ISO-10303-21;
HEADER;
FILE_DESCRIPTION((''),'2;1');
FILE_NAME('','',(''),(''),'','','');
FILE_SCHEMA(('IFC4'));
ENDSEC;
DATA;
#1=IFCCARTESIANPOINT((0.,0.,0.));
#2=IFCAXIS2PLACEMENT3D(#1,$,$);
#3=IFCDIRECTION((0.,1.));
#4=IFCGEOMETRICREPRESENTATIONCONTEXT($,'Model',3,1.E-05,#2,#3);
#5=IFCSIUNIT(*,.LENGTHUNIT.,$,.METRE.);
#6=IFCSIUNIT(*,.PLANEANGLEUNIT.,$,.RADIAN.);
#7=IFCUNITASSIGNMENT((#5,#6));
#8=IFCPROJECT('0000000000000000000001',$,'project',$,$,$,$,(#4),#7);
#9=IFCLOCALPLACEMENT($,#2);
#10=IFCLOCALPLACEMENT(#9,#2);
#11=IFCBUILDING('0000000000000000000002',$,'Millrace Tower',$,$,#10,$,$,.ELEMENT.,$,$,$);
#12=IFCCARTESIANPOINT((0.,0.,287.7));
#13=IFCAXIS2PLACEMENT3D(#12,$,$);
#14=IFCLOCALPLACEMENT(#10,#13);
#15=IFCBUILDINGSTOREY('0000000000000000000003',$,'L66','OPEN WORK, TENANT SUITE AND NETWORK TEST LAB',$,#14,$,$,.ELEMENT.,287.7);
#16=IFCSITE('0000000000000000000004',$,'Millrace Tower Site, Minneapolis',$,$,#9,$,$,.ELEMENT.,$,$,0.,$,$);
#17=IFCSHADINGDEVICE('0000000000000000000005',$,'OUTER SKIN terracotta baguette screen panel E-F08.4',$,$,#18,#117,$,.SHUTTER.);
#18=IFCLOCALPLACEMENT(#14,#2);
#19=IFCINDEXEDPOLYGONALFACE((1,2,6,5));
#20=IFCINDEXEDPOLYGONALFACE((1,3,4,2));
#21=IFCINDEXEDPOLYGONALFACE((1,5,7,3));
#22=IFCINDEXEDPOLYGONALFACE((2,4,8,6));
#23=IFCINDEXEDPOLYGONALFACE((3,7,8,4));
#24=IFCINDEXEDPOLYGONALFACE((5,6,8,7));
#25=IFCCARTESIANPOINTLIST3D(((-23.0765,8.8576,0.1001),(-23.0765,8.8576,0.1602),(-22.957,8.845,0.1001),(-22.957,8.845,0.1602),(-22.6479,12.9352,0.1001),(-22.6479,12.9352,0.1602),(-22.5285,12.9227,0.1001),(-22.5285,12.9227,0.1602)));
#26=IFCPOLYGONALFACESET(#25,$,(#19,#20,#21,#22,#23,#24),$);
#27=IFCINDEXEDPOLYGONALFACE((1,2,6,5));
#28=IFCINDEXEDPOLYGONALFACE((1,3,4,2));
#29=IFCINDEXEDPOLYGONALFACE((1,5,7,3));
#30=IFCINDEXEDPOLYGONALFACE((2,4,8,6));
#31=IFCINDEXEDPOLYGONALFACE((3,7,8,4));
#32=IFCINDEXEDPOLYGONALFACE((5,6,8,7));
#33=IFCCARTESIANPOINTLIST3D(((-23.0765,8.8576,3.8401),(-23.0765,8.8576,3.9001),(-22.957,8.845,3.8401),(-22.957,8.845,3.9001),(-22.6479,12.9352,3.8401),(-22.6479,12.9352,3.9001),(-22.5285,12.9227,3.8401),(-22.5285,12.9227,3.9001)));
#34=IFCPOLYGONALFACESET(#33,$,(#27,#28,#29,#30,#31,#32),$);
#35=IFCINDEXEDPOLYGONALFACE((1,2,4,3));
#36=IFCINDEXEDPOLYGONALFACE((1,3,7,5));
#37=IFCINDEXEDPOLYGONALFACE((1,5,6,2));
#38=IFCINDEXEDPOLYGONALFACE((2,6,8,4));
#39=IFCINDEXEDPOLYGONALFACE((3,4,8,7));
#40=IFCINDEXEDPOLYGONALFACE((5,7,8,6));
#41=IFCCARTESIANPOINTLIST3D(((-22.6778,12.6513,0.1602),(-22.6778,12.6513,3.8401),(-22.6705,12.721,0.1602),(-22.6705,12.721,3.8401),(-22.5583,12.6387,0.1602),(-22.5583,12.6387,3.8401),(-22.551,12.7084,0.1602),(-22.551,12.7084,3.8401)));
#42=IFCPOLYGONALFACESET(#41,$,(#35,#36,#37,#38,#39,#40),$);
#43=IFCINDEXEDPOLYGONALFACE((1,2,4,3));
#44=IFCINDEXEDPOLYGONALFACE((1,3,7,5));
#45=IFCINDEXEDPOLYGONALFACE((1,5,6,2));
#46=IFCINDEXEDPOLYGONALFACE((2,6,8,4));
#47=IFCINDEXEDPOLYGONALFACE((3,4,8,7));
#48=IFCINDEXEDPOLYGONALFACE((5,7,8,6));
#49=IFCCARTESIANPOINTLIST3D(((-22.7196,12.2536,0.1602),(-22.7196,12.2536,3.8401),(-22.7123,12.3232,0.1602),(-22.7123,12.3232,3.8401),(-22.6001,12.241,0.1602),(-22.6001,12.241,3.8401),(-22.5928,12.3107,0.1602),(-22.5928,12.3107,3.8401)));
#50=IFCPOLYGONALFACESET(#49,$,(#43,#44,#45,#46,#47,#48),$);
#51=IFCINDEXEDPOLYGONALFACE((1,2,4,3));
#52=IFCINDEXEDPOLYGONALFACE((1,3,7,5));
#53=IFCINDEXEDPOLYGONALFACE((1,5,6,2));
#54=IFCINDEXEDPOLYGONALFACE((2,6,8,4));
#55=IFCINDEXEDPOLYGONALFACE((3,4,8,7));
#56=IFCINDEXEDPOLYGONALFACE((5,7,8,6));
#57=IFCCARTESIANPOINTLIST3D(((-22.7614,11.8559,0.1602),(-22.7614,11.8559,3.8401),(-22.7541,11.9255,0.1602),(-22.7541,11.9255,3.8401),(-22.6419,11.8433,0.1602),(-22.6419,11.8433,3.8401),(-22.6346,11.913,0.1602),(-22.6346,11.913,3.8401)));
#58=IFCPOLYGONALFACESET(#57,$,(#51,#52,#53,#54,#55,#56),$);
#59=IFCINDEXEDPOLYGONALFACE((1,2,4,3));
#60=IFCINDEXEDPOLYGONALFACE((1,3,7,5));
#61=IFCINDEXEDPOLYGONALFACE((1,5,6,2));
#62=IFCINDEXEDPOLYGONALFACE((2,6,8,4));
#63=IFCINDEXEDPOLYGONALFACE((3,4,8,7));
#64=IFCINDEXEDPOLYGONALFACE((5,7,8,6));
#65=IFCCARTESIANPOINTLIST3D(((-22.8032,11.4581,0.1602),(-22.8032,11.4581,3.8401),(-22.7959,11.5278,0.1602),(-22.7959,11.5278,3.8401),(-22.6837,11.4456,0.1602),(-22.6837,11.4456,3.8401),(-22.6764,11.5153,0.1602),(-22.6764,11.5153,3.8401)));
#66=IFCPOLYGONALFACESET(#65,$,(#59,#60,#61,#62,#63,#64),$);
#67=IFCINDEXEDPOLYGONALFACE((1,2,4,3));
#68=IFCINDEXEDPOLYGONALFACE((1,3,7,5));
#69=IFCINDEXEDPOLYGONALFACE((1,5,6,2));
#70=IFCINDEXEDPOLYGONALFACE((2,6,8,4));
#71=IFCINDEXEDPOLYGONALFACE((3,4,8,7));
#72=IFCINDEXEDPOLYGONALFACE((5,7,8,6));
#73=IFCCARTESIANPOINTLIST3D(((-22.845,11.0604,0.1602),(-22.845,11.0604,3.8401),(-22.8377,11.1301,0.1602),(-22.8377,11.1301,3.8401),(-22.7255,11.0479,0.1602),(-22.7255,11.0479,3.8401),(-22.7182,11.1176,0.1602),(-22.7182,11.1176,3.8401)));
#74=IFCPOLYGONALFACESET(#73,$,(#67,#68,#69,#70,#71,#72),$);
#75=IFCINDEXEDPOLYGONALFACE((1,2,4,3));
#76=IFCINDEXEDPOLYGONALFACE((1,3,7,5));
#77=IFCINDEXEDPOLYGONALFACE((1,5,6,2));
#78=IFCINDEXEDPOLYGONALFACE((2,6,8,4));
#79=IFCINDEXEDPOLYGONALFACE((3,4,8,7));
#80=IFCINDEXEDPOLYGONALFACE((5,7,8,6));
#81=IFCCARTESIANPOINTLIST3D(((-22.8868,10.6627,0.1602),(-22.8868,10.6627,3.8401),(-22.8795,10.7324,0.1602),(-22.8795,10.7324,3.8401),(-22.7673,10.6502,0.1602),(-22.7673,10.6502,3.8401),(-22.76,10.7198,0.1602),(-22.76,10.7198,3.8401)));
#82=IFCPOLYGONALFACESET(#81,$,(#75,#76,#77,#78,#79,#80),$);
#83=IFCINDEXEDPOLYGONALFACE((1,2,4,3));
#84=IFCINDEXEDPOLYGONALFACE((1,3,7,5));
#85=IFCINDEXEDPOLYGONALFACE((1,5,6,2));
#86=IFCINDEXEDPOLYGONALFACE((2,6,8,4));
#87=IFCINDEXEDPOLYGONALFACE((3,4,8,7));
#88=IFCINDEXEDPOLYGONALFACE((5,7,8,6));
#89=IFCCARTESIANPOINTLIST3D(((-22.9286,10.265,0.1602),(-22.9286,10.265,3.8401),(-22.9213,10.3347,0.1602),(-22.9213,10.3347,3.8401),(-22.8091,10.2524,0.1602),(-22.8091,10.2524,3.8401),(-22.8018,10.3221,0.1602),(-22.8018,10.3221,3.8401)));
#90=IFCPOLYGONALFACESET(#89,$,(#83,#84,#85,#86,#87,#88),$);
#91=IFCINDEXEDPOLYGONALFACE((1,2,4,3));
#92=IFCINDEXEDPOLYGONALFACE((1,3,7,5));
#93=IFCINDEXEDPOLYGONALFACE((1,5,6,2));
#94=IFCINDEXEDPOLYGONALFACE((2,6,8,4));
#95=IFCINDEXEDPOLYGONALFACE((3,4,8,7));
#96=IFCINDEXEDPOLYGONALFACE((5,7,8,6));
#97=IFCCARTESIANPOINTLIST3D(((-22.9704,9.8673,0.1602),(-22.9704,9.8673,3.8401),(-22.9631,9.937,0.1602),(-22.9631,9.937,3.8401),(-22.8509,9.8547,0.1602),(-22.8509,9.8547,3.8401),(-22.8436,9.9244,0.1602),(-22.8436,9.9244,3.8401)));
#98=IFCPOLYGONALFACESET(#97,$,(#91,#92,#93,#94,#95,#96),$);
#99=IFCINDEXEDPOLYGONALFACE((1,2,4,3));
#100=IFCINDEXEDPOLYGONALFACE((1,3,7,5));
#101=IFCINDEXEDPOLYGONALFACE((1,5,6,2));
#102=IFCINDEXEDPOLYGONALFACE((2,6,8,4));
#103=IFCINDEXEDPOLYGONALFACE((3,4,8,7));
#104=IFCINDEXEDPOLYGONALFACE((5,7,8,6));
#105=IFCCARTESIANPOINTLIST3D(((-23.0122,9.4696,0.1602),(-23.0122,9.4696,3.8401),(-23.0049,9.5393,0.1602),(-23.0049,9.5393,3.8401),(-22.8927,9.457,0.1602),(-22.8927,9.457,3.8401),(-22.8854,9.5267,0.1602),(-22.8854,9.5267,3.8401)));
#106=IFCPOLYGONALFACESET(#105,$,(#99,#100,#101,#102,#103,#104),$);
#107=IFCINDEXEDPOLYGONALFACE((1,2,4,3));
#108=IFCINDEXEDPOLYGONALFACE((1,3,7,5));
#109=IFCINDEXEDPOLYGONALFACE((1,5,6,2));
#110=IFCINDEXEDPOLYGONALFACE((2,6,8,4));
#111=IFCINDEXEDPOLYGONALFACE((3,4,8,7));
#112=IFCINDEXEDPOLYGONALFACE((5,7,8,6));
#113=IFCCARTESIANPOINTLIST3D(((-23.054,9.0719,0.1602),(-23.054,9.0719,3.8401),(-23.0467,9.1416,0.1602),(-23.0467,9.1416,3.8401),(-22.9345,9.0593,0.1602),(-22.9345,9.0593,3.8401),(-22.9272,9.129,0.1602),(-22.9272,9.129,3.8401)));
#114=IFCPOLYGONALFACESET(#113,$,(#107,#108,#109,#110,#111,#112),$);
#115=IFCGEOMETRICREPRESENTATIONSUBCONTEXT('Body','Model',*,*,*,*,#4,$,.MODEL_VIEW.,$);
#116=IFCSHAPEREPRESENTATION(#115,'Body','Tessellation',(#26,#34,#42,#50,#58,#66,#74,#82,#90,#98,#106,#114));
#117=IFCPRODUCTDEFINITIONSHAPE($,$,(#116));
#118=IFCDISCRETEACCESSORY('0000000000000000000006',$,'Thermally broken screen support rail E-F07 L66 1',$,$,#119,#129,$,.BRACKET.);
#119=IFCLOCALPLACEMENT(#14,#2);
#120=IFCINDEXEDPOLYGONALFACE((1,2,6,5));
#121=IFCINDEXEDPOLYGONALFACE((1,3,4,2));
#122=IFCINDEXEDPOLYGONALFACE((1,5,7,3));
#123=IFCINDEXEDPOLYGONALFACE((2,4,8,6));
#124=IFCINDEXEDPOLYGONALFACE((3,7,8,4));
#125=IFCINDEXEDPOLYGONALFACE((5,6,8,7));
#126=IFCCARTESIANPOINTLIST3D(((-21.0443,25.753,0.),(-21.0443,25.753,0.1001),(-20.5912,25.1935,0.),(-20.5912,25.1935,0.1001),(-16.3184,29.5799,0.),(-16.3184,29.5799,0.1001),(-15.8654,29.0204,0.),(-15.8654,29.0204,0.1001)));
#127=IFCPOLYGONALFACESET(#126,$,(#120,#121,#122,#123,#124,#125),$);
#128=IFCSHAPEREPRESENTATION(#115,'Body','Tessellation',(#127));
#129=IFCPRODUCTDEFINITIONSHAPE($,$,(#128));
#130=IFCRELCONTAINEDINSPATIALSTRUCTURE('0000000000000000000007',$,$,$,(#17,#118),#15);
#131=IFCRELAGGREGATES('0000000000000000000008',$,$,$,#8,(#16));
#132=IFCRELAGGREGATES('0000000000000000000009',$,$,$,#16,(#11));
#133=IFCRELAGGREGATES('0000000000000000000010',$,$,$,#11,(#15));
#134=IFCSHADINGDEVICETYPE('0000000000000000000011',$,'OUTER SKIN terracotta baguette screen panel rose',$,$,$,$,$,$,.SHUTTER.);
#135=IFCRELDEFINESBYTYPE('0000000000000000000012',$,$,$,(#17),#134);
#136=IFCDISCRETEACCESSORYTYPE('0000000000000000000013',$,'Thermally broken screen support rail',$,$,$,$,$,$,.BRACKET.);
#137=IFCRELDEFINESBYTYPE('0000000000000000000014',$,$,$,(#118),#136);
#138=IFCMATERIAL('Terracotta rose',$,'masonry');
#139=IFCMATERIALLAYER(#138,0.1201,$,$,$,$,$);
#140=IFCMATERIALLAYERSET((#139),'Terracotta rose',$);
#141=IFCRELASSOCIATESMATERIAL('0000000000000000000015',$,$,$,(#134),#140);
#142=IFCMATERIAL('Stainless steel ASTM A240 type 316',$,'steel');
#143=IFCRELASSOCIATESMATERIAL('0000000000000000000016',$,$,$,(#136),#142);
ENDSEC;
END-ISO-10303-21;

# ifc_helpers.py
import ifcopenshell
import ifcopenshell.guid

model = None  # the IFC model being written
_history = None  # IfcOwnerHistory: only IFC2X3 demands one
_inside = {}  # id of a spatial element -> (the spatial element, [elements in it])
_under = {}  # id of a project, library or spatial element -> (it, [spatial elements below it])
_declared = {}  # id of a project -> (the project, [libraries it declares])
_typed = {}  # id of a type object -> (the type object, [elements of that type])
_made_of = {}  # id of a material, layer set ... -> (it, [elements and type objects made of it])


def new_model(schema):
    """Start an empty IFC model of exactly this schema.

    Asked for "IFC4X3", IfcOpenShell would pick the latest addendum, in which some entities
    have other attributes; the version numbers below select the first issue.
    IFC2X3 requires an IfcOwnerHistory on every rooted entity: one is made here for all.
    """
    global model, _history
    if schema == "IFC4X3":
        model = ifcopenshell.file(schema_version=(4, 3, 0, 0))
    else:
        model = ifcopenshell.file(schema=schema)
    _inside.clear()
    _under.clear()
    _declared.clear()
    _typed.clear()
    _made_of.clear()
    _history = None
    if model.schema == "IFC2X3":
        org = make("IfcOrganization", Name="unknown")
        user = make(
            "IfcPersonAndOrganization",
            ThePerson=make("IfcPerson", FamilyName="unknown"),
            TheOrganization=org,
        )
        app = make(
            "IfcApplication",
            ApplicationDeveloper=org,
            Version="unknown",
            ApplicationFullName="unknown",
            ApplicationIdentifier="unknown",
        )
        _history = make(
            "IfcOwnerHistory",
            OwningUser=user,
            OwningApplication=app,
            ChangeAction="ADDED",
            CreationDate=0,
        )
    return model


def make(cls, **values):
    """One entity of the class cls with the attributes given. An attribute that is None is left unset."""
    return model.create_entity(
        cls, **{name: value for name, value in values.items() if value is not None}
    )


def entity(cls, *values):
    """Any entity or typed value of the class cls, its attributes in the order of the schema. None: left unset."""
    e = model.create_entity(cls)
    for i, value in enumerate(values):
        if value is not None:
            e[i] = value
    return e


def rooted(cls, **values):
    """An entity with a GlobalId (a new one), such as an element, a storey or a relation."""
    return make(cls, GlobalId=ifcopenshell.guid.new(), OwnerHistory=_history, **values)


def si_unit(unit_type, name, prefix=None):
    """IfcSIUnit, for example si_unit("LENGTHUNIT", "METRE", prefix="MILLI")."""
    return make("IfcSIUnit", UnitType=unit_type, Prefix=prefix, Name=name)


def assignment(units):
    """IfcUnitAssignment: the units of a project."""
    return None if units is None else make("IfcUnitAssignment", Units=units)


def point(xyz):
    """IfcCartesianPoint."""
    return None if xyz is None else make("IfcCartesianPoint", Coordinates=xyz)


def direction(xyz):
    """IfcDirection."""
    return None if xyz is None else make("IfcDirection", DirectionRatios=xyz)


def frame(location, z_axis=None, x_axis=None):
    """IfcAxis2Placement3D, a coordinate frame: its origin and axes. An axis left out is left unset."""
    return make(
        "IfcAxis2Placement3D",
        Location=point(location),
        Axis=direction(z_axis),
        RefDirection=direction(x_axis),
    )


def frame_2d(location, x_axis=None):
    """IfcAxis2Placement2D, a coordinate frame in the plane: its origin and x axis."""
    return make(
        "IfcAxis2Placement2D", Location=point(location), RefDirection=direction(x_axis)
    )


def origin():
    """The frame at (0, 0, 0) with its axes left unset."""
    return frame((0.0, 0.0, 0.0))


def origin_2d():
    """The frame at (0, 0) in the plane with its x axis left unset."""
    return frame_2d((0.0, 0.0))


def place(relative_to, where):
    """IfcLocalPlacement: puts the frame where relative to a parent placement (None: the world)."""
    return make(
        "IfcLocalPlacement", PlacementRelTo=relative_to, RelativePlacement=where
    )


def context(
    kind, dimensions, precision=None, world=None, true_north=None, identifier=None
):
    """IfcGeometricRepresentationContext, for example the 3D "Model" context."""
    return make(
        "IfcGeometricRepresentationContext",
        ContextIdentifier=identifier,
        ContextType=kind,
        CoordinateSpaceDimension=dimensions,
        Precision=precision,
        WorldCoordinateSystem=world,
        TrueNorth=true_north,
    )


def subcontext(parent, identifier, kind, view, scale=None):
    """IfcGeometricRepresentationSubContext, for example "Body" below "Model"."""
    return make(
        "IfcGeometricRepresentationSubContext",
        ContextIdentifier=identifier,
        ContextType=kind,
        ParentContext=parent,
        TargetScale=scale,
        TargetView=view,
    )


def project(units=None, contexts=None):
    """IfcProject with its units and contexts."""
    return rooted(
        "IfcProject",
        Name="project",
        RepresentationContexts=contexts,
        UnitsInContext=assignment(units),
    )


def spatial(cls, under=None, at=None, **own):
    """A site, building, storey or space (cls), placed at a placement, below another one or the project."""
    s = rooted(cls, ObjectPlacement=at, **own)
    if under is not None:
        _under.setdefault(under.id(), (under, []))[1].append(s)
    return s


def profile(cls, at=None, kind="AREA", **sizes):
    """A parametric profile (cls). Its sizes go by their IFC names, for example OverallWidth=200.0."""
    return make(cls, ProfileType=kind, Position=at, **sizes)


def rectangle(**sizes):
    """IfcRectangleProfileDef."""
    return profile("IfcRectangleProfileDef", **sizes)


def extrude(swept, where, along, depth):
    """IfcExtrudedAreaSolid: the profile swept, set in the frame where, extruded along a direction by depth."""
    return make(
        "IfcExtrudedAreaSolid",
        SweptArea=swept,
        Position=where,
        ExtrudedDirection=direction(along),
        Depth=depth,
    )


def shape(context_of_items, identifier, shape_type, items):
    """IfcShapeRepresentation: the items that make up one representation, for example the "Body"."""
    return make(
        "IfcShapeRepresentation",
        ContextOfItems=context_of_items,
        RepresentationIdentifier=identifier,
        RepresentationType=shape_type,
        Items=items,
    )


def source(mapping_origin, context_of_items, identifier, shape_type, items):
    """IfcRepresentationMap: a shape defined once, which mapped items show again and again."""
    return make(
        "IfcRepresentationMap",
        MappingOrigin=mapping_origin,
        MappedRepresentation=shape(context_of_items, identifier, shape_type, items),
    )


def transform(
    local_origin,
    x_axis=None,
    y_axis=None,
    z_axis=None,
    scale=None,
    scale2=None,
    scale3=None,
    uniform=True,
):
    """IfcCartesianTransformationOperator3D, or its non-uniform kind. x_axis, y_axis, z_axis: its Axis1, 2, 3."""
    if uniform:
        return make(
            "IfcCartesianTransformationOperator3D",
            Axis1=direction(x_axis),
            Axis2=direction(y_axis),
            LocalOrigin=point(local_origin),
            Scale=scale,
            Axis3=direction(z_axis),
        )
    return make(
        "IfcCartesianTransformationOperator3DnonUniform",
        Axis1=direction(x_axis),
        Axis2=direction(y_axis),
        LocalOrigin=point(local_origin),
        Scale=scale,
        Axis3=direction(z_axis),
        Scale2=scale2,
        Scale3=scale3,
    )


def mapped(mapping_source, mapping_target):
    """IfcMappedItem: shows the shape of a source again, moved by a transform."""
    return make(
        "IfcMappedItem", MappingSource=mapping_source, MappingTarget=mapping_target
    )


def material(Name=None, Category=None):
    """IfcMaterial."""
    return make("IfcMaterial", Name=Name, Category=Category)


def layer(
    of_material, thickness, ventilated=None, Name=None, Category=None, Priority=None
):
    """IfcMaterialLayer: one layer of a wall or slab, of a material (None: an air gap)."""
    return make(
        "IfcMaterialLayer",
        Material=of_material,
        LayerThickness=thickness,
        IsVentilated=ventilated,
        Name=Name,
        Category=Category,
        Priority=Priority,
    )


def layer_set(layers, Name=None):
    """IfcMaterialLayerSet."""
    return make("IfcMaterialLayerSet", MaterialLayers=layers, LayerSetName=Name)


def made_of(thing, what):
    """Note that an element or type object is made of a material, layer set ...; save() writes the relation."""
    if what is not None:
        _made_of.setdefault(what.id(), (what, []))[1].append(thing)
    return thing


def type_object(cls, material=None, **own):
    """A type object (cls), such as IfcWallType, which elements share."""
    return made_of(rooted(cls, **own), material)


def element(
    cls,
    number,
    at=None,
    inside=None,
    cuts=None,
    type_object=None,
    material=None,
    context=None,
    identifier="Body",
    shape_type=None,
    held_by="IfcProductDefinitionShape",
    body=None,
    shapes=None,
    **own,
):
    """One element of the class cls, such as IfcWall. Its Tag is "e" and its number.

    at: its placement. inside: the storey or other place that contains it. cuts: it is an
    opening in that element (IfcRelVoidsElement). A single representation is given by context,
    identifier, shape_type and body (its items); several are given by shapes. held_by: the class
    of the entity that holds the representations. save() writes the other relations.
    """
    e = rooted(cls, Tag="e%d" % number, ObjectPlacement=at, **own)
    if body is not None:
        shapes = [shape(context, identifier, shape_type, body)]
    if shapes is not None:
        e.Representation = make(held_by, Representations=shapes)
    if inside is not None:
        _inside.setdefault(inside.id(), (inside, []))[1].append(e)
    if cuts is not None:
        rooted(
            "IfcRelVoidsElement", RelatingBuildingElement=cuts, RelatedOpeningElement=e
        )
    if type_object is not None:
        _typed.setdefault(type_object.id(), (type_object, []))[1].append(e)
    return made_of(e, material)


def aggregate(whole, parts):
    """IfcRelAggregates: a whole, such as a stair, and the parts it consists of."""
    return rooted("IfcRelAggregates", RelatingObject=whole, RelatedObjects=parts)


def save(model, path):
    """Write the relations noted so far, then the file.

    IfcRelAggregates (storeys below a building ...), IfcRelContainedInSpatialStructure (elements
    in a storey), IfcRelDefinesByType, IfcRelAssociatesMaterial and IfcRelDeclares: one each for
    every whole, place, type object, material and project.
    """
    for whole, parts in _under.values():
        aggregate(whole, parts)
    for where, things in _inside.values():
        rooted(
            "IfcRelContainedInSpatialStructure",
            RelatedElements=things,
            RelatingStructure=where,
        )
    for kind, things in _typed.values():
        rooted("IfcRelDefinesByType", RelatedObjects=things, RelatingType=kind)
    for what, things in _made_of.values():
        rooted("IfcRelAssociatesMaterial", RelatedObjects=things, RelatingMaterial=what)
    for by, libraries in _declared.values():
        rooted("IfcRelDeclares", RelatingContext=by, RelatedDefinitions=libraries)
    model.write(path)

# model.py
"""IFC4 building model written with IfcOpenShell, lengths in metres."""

from ifc_helpers import new_model, entity, si_unit, direction, frame, frame_2d, origin, origin_2d, place, context, subcontext, project, spatial, rectangle, extrude, source, transform, mapped, material, layer, layer_set, type_object, element, save


model = new_model("IFC4")

# Units and contexts
model_context = context("Model", 3, precision=1e-05, world=origin(), true_north=direction((0.0, 1.0)))
body_context = subcontext(model_context, "Body", "Model", "MODEL_VIEW")
ifc_project = project(units=[si_unit("LENGTHUNIT", "METRE"), si_unit("PLANEANGLEUNIT", "RADIAN")], contexts=[model_context])

# Site, building, storey
site_placement = place(None, origin())
site = spatial("IfcSite", under=ifc_project, at=site_placement, Name="Millrace Tower Site, Minneapolis", CompositionType="ELEMENT", RefElevation=0.0)
building_placement = place(site_placement, origin())
building = spatial("IfcBuilding", under=site, at=building_placement, Name="Millrace Tower", CompositionType="ELEMENT")
storey_placement = place(building_placement, frame((0.0, 0.0, 287.7)))
storey = spatial("IfcBuildingStorey", under=building, at=storey_placement, Name="L66", Description="OPEN WORK, TENANT SUITE AND NETWORK TEST LAB", CompositionType="ELEMENT", Elevation=287.7)

# Shading device
ifc_material_1 = material(Name="Terracotta rose", Category="masonry")
ifc_layer_1 = layer(ifc_material_1, 0.1201)
ifc_layer_set_1 = layer_set([ifc_layer_1], Name="Terracotta rose")
shading_device_type = type_object("IfcShadingDeviceType", Name="OUTER SKIN terracotta baguette screen panel rose", PredefinedType="SHUTTER", material=ifc_layer_set_1)
cartesian_point_1 = entity("IfcCartesianPoint", [-2.05, 0.0601])
shared_polyline_1 = entity("IfcPolyline", [cartesian_point_1, entity("IfcCartesianPoint", [2.05, 0.0601]), entity("IfcCartesianPoint", [2.05, -0.0601]), entity("IfcCartesianPoint", [-2.05, -0.0601]), cartesian_point_1])
shared_shape_1 = source(origin(), body_context, "Body", "SweptSolid", [
    entity("IfcExtrudedAreaSolid", entity("IfcArbitraryClosedProfileDef", "AREA", None, shared_polyline_1), entity("IfcAxis2Placement3D", entity("IfcCartesianPoint", [0.0, 0.0, 0.0])), entity("IfcDirection", [0.0, 0.0, 1.0]), 0.0601),
    entity("IfcExtrudedAreaSolid", entity("IfcArbitraryClosedProfileDef", "AREA", None, shared_polyline_1), entity("IfcAxis2Placement3D", entity("IfcCartesianPoint", [0.0, 0.0, 3.74])), entity("IfcDirection", [0.0, 0.0, 1.0]), 0.0601),
    extrude(rectangle(XDim=0.0701, YDim=0.1201, at=frame_2d((-1.7996, 0.0))), frame((0.0, 0.0, 0.0601)), (0.0, 0.0, 1.0), 3.6799),
    extrude(rectangle(XDim=0.0701, YDim=0.1201, at=frame_2d((-1.3997, 0.0))), frame((0.0, 0.0, 0.0601)), (0.0, 0.0, 1.0), 3.6799),
    extrude(rectangle(XDim=0.0701, YDim=0.1201, at=frame_2d((-0.9998, 0.0))), frame((0.0, 0.0, 0.0601)), (0.0, 0.0, 1.0), 3.6799),
    extrude(rectangle(XDim=0.0701, YDim=0.1201, at=frame_2d((-0.5999, 0.0))), frame((0.0, 0.0, 0.0601)), (0.0, 0.0, 1.0), 3.6799),
    extrude(rectangle(XDim=0.0701, YDim=0.1201, at=frame_2d((-0.2, 0.0))), frame((0.0, 0.0, 0.0601)), (0.0, 0.0, 1.0), 3.6799),
    extrude(rectangle(XDim=0.0701, YDim=0.1201, at=frame_2d((0.2, 0.0))), frame((0.0, 0.0, 0.0601)), (0.0, 0.0, 1.0), 3.6799),
    extrude(rectangle(XDim=0.0701, YDim=0.1201, at=frame_2d((0.5999, 0.0))), frame((0.0, 0.0, 0.0601)), (0.0, 0.0, 1.0), 3.6799),
    extrude(rectangle(XDim=0.0701, YDim=0.1201, at=frame_2d((0.9998, 0.0))), frame((0.0, 0.0, 0.0601)), (0.0, 0.0, 1.0), 3.6799),
    extrude(rectangle(XDim=0.0701, YDim=0.1201, at=frame_2d((1.3997, 0.0))), frame((0.0, 0.0, 0.0601)), (0.0, 0.0, 1.0), 3.6799),
    extrude(rectangle(XDim=0.0701, YDim=0.1201, at=frame_2d((1.7996, 0.0))), frame((0.0, 0.0, 0.0601)), (0.0, 0.0, 1.0), 3.6799),
])
for number, where, z_axis, x_axis, name in (
    (1, (-22.8025, 10.8901, 0.1001), (0.0, 0.0, 1.0), (-0.104528, -0.994522, 0.0), "OUTER SKIN terracotta baguette screen panel E-F08.4"),
):
    element("IfcShadingDevice", number, at=place(storey_placement, frame(where, z_axis=z_axis, x_axis=x_axis)), inside=storey, type_object=shading_device_type, Name=name, PredefinedType="SHUTTER", context=body_context, shape_type="MappedRepresentation", body=[
        mapped(shared_shape_1, transform((0.0, 0.0, 0.0), scale=1.0)),
    ])

# Discrete accessory
ifc_material_2 = material(Name="Stainless steel ASTM A240 type 316", Category="steel")
discrete_accessory_type = type_object("IfcDiscreteAccessoryType", Name="Thermally broken screen support rail", PredefinedType="BRACKET", material=ifc_material_2)
discrete_accessory_placement = place(storey_placement, frame((-18.4548, 27.3867, 0.0), z_axis=(0.0, 0.0, 1.0), x_axis=(-0.777146, -0.62932, 0.0)))
element("IfcDiscreteAccessory", 2, at=discrete_accessory_placement, inside=storey, type_object=discrete_accessory_type, Name="Thermally broken screen support rail E-F07 L66 1", PredefinedType="BRACKET", context=body_context, shape_type="SweptSolid", body=[
    extrude(rectangle(XDim=6.0811, YDim=0.72, at=origin_2d()), origin(), (0.0, 0.0, 1.0), 0.1001),
])

save(model, "model.ifc")
